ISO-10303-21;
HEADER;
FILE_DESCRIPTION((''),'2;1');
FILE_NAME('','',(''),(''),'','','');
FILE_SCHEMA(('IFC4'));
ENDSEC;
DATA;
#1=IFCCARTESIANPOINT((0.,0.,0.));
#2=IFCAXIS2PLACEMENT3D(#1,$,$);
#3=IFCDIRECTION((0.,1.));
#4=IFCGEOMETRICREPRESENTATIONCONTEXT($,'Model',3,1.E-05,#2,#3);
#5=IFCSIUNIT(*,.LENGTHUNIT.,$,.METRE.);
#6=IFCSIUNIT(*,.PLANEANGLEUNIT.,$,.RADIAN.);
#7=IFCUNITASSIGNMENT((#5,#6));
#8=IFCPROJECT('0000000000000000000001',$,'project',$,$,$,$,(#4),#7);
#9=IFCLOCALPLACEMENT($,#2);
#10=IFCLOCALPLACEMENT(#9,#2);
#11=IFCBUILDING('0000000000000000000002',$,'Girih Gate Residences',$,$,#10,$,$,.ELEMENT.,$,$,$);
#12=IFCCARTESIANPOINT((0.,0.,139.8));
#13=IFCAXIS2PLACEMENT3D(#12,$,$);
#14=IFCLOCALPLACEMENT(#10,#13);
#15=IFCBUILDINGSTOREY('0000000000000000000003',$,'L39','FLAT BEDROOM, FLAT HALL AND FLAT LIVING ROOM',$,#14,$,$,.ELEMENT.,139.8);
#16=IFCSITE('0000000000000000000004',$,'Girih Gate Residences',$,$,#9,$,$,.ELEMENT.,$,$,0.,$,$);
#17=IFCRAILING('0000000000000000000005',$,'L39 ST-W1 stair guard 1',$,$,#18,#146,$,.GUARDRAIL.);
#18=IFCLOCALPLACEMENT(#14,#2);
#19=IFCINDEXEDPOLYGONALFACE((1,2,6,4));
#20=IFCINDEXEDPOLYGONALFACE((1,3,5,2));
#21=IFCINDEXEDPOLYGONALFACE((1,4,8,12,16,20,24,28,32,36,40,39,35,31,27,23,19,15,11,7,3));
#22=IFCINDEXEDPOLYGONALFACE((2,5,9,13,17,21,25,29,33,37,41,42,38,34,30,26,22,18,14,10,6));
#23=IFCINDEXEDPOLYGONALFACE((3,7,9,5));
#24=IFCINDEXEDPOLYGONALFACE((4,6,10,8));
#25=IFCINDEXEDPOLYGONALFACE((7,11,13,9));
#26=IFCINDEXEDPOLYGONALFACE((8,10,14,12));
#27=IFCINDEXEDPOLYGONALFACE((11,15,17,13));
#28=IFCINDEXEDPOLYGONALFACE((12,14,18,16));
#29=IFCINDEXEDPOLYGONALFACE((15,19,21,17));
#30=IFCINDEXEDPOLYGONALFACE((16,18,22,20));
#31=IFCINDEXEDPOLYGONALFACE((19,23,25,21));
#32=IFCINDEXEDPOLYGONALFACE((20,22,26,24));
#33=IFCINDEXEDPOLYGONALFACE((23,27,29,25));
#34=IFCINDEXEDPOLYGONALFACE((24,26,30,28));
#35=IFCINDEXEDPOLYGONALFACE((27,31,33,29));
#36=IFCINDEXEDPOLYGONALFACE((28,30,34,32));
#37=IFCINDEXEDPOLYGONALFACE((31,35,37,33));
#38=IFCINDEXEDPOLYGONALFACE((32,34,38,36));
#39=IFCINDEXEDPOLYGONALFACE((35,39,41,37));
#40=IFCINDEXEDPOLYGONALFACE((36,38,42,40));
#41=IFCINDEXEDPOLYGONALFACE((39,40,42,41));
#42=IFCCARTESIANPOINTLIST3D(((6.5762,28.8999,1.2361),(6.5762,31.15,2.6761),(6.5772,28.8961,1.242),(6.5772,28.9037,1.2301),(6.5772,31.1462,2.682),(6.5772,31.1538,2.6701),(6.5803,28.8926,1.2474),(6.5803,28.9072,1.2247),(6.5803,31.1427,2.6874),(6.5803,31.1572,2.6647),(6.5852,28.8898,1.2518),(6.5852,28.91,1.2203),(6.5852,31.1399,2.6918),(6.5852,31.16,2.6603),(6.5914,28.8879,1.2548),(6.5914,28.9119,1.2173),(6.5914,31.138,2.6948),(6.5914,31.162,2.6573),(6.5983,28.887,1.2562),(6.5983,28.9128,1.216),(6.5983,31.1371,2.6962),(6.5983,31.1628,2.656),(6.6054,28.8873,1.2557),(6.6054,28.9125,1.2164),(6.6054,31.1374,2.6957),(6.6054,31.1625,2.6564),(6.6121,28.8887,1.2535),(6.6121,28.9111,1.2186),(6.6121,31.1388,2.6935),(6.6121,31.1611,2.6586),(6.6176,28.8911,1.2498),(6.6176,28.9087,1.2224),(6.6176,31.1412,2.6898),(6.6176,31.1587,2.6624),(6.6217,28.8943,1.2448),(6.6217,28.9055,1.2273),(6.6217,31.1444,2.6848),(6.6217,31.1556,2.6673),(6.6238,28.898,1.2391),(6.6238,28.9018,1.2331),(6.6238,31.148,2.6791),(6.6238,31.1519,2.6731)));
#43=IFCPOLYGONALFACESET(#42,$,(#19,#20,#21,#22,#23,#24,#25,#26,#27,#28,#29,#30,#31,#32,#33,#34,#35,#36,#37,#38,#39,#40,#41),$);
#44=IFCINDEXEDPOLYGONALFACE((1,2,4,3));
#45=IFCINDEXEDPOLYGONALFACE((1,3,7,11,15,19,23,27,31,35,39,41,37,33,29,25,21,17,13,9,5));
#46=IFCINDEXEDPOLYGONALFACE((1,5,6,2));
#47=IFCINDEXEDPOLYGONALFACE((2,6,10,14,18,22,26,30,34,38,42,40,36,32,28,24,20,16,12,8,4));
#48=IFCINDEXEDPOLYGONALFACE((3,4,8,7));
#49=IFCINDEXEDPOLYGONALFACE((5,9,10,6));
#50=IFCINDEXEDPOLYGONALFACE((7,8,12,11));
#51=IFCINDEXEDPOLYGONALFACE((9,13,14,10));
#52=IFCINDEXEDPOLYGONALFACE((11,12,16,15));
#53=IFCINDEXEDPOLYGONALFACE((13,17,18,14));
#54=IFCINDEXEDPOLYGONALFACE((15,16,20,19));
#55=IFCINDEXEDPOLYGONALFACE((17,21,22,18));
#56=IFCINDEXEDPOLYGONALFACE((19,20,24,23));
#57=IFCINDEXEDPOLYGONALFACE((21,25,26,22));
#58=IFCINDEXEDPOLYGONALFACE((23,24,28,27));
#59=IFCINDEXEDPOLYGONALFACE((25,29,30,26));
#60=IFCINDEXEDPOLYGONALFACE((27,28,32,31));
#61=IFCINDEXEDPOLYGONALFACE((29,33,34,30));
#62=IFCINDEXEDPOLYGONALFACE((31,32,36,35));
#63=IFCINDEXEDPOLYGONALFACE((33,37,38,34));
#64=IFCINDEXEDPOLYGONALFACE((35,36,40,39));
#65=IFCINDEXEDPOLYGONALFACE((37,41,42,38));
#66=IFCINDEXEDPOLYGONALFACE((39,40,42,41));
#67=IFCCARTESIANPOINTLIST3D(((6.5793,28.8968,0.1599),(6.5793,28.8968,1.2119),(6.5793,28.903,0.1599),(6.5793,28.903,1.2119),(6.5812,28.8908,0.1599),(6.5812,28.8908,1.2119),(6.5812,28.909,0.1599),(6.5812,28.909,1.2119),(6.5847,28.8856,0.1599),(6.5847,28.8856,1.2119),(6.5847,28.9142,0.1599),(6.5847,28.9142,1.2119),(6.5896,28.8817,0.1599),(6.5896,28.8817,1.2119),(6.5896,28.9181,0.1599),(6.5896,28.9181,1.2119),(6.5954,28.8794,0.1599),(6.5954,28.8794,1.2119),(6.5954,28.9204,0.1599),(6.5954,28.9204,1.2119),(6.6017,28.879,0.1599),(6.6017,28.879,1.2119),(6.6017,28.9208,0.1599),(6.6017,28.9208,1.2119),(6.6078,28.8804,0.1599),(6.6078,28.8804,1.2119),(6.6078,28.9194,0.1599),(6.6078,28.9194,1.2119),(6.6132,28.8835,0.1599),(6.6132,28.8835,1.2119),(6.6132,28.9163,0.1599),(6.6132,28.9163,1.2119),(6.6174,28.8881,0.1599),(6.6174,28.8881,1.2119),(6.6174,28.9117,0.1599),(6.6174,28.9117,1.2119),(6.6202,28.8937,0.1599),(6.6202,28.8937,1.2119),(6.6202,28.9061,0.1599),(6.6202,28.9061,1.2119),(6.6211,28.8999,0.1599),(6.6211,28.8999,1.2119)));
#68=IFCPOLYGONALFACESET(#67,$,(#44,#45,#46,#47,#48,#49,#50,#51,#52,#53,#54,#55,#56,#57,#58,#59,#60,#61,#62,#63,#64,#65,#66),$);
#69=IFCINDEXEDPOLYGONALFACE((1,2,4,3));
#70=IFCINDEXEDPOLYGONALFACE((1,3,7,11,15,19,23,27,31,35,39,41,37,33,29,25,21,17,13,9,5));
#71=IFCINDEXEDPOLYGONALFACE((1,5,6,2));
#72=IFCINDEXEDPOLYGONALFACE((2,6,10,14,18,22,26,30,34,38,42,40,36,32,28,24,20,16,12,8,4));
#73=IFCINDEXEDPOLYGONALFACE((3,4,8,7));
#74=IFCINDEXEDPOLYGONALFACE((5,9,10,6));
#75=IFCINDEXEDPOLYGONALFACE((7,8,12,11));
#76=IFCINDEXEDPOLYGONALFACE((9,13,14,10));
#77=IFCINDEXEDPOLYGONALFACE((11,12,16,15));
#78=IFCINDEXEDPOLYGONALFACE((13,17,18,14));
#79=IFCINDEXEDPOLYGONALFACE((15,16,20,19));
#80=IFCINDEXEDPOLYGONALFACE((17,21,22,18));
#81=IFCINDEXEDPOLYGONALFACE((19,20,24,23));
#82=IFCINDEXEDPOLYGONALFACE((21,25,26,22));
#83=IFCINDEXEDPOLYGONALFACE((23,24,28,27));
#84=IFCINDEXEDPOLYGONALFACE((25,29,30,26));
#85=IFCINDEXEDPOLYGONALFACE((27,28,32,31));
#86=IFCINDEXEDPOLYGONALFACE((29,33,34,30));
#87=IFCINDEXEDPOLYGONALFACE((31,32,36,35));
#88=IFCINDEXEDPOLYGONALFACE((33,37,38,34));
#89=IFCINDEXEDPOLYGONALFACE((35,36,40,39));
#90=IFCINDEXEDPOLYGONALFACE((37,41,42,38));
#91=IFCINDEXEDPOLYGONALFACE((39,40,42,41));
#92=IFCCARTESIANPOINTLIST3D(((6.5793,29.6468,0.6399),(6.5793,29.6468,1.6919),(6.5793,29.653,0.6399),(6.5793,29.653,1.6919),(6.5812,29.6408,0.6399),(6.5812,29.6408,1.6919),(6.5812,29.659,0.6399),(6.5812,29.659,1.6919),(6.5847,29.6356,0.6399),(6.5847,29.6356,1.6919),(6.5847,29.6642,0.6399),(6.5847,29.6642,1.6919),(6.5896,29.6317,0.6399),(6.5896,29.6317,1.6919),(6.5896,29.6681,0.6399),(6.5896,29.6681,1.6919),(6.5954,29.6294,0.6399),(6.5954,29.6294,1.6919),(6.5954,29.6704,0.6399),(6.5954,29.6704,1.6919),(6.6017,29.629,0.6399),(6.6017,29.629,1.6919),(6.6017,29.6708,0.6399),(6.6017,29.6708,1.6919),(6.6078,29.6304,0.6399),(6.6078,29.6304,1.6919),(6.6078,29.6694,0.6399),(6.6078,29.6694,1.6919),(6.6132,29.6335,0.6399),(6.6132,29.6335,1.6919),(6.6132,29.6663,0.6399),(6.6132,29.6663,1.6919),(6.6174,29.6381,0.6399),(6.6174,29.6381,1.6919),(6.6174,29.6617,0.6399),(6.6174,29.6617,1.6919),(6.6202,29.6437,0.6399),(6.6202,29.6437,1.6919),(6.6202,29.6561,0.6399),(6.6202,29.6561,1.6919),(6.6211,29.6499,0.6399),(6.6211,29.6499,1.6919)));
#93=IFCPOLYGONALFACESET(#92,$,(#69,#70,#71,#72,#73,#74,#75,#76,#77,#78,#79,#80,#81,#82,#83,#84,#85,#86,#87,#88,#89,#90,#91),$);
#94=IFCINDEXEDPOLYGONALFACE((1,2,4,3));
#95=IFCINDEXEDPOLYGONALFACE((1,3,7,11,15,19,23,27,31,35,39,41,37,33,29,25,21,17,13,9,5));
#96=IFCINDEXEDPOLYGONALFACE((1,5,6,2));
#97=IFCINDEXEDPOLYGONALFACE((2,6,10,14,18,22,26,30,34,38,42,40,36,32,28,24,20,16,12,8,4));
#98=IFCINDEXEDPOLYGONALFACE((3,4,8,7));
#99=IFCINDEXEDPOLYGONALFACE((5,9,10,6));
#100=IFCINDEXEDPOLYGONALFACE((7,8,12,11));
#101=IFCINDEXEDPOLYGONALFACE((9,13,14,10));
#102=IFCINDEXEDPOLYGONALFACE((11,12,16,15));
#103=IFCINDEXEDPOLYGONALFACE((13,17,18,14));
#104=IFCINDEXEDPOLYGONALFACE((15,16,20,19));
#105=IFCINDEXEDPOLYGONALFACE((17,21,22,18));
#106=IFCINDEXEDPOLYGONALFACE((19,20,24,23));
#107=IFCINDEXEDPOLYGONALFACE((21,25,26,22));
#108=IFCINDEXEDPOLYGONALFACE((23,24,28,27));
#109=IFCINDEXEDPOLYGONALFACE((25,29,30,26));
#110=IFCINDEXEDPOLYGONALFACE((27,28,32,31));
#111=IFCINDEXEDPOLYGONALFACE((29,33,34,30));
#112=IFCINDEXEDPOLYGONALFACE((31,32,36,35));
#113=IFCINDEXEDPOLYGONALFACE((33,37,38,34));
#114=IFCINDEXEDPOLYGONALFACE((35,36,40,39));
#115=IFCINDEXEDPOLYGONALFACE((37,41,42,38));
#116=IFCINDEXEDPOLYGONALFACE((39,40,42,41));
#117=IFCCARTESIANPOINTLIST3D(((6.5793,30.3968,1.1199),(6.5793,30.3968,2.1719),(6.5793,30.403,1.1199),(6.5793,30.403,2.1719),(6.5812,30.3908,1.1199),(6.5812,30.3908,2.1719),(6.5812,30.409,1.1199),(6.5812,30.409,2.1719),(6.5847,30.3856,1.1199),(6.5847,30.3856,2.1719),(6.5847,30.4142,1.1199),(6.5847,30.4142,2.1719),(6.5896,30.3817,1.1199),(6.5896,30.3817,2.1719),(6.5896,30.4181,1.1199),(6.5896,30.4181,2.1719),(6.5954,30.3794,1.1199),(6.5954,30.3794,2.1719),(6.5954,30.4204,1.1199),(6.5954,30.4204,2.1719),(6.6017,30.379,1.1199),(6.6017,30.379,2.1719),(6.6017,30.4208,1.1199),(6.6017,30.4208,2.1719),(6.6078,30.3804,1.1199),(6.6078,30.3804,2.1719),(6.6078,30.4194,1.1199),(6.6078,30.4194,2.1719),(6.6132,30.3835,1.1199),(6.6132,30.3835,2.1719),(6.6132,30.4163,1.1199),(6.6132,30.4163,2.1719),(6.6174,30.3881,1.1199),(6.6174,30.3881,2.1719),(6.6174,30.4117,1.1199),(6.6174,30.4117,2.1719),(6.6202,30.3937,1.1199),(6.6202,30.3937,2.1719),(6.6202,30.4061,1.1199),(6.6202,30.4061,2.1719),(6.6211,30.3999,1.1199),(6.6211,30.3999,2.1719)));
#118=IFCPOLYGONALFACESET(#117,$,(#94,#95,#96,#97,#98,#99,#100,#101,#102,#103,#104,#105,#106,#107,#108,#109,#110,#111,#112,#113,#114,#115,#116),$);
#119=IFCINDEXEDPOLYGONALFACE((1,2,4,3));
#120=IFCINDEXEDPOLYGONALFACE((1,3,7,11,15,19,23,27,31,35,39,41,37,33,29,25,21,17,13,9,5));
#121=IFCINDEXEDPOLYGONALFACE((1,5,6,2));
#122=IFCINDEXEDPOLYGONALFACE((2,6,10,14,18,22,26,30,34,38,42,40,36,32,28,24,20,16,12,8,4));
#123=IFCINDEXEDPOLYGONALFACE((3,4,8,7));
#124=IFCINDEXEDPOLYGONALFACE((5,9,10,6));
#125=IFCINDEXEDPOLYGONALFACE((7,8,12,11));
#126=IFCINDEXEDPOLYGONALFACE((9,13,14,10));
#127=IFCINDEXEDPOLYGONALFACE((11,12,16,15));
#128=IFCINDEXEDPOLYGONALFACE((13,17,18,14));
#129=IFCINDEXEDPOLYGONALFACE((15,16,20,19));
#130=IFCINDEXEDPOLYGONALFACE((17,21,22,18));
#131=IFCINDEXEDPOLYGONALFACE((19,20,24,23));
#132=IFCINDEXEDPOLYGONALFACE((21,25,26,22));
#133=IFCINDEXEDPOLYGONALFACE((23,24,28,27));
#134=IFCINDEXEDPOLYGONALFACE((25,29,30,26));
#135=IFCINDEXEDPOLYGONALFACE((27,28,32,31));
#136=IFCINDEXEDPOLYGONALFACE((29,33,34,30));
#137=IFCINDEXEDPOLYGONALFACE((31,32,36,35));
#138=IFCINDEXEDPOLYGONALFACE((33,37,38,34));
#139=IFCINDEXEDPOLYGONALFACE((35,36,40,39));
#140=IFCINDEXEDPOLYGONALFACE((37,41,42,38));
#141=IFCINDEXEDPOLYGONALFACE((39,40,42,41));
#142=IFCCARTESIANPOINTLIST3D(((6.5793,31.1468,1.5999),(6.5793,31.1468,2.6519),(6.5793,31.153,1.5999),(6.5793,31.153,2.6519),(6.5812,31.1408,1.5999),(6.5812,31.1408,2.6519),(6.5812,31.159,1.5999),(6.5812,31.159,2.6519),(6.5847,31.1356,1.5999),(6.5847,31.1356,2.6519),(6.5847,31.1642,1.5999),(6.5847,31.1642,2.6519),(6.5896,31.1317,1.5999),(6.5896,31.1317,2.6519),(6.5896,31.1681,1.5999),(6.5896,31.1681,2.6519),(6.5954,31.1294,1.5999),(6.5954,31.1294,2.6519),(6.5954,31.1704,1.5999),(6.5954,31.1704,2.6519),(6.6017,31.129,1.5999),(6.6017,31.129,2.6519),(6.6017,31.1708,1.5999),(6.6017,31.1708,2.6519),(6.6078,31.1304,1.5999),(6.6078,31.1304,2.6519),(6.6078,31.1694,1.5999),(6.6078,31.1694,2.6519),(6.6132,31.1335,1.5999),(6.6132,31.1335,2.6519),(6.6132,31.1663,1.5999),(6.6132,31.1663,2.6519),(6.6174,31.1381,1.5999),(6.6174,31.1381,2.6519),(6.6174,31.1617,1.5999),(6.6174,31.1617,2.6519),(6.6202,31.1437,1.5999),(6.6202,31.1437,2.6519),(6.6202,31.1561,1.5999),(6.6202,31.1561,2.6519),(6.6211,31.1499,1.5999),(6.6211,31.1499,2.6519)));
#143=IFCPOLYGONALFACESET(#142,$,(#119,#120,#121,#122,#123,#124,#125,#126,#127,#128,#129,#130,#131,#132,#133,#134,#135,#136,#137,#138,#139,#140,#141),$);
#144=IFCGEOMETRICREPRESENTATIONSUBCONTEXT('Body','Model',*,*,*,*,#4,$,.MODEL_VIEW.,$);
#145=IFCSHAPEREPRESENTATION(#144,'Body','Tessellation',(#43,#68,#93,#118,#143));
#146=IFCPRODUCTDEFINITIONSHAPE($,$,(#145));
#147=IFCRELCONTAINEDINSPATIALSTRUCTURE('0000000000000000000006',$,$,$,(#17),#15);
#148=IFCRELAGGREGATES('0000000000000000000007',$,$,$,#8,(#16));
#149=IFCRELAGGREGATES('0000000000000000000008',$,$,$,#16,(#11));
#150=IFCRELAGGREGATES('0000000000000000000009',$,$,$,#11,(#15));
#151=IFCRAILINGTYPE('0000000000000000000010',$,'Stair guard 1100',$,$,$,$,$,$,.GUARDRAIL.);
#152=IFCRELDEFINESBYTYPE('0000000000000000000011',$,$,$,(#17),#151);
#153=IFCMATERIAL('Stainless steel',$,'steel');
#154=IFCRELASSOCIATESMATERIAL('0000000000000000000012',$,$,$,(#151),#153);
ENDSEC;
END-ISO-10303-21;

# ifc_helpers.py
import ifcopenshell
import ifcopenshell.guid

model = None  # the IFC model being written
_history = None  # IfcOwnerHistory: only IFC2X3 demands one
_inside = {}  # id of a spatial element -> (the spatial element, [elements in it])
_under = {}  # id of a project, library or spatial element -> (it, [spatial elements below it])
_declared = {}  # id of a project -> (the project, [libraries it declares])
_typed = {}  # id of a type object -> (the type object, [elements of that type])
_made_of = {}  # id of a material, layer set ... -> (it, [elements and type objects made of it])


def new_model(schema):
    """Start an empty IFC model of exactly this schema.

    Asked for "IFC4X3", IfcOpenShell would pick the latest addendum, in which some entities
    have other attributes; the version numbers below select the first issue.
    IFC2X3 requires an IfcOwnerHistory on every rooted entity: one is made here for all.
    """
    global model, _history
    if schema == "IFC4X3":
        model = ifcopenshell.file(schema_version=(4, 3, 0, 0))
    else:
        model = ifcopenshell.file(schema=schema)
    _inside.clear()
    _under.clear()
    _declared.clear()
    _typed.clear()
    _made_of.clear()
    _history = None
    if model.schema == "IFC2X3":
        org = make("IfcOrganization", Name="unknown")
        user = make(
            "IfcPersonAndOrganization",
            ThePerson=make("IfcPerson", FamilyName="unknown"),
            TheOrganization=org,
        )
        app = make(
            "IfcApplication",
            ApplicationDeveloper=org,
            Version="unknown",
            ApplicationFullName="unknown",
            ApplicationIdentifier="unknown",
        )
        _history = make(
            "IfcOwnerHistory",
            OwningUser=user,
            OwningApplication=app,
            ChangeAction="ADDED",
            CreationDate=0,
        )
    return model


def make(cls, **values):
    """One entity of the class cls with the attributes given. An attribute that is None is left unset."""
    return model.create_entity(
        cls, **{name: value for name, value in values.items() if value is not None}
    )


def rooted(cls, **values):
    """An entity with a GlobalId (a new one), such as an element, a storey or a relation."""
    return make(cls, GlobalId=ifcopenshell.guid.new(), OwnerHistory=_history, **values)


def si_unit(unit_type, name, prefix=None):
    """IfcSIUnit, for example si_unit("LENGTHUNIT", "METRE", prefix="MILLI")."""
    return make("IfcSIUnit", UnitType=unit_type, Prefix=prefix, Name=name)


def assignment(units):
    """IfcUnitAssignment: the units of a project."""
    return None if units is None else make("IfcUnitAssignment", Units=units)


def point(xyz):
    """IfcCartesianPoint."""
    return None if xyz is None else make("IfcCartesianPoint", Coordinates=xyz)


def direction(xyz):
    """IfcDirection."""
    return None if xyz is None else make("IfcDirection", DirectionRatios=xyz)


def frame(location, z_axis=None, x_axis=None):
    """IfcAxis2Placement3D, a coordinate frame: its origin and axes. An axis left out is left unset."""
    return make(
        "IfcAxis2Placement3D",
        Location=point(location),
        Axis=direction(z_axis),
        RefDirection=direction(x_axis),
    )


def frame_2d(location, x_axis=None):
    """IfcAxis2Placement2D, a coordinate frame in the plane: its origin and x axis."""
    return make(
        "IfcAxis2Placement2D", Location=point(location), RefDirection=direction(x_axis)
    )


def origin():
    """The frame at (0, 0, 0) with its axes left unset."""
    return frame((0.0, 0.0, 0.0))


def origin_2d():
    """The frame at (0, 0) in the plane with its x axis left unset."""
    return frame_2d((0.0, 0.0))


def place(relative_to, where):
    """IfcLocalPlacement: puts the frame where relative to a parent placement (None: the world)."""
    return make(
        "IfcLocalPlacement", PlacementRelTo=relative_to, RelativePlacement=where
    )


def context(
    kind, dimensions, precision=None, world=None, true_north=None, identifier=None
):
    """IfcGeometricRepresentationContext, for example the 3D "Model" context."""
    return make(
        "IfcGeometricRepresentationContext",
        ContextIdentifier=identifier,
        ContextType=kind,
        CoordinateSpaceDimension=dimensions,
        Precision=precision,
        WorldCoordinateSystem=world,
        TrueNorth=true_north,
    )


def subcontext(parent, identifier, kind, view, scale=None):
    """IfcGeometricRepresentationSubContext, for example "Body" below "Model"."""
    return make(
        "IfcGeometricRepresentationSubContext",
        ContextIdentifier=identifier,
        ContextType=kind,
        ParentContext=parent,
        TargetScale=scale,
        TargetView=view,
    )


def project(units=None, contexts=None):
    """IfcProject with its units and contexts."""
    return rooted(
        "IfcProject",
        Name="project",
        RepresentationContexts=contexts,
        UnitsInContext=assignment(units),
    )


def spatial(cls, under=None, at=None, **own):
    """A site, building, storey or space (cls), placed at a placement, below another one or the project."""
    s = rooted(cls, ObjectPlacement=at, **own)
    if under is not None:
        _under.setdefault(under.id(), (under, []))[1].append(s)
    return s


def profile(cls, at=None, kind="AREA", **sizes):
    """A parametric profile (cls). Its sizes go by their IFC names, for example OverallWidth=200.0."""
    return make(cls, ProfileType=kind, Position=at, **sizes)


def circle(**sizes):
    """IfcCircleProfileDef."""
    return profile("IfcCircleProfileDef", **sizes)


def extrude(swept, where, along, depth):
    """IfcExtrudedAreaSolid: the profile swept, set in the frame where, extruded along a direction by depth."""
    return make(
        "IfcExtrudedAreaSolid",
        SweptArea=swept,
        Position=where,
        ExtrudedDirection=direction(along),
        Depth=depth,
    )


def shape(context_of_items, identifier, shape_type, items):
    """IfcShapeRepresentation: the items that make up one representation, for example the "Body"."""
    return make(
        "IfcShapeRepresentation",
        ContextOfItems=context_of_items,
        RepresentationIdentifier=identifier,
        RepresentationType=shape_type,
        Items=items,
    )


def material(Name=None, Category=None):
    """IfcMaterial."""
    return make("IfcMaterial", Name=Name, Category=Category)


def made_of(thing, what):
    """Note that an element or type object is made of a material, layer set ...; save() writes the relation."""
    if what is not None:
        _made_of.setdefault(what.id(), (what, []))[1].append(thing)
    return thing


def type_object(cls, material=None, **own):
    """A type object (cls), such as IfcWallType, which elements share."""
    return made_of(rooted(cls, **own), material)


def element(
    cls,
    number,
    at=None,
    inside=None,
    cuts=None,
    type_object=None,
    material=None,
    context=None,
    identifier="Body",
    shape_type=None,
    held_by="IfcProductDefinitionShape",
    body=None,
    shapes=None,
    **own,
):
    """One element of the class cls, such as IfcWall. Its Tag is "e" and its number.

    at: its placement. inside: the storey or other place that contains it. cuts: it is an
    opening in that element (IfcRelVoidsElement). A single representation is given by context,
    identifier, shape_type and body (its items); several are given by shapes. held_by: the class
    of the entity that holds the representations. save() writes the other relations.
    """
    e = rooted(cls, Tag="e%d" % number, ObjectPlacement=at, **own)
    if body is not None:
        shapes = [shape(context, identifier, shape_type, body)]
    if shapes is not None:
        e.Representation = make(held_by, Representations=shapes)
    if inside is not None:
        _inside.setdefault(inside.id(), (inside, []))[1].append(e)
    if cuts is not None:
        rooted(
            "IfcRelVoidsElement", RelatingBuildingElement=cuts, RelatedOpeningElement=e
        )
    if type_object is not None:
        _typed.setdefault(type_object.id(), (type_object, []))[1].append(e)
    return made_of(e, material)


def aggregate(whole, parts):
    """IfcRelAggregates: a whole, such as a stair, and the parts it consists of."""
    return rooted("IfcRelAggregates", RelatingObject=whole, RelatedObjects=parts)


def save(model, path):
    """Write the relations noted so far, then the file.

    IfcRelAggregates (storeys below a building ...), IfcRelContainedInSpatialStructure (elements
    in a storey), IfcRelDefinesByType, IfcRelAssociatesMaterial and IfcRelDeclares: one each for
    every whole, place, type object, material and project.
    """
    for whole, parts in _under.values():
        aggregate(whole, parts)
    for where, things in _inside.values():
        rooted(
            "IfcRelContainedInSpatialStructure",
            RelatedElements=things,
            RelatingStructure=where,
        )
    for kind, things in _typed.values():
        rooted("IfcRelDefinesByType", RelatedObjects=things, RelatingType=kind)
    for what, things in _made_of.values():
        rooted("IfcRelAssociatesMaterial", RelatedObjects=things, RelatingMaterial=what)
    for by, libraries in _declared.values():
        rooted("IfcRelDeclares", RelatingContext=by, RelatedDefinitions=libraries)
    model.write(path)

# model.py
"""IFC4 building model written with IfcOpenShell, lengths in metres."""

from ifc_helpers import new_model, si_unit, direction, frame, origin, origin_2d, place, context, subcontext, project, spatial, circle, extrude, material, type_object, element, save


model = new_model("IFC4")

# Units and contexts
model_context = context("Model", 3, precision=1e-05, world=origin(), true_north=direction((0.0, 1.0)))
body_context = subcontext(model_context, "Body", "Model", "MODEL_VIEW")
ifc_project = project(units=[si_unit("LENGTHUNIT", "METRE"), si_unit("PLANEANGLEUNIT", "RADIAN")], contexts=[model_context])

# Site, building, storey
site_placement = place(None, origin())
site = spatial("IfcSite", under=ifc_project, at=site_placement, Name="Girih Gate Residences", CompositionType="ELEMENT", RefElevation=0.0)
building_placement = place(site_placement, origin())
building = spatial("IfcBuilding", under=site, at=building_placement, Name="Girih Gate Residences", CompositionType="ELEMENT")
storey_placement = place(building_placement, frame((0.0, 0.0, 139.8)))
storey = spatial("IfcBuildingStorey", under=building, at=storey_placement, Name="L39", Description="FLAT BEDROOM, FLAT HALL AND FLAT LIVING ROOM", CompositionType="ELEMENT", Elevation=139.8)

# Railing
ifc_material_1 = material(Name="Stainless steel", Category="steel")
railing_type_1 = type_object("IfcRailingType", Name="Stair guard 1100", PredefinedType="GUARDRAIL", material=ifc_material_1)
railing_1_placement = place(storey_placement, frame((6.6001, 28.8999, 0.1599)))
element("IfcRailing", 1, at=railing_1_placement, inside=storey, type_object=railing_type_1, Name="L39 ST-W1 stair guard 1", PredefinedType="GUARDRAIL", context=body_context, shape_type="SweptSolid", body=[
    extrude(circle(Radius=0.0239, at=origin_2d()), frame((0.0, 0.0, 1.0762), z_axis=(0.0, 0.842281, 0.539038), x_axis=(-1.0, 0.0, 0.0)), (0.0, 0.0, 1.0), 2.6714),
    extrude(circle(Radius=0.021, at=origin_2d()), origin(), (0.0, 0.0, 1.0), 1.052),
    extrude(circle(Radius=0.021, at=origin_2d()), frame((0.0, 0.75, 0.48)), (0.0, 0.0, 1.0), 1.052),
    extrude(circle(Radius=0.021, at=origin_2d()), frame((0.0, 1.5, 0.96)), (0.0, 0.0, 1.0), 1.052),
    extrude(circle(Radius=0.021, at=origin_2d()), frame((0.0, 2.25, 1.4399)), (0.0, 0.0, 1.0), 1.052),
])

save(model, "model.ifc")
